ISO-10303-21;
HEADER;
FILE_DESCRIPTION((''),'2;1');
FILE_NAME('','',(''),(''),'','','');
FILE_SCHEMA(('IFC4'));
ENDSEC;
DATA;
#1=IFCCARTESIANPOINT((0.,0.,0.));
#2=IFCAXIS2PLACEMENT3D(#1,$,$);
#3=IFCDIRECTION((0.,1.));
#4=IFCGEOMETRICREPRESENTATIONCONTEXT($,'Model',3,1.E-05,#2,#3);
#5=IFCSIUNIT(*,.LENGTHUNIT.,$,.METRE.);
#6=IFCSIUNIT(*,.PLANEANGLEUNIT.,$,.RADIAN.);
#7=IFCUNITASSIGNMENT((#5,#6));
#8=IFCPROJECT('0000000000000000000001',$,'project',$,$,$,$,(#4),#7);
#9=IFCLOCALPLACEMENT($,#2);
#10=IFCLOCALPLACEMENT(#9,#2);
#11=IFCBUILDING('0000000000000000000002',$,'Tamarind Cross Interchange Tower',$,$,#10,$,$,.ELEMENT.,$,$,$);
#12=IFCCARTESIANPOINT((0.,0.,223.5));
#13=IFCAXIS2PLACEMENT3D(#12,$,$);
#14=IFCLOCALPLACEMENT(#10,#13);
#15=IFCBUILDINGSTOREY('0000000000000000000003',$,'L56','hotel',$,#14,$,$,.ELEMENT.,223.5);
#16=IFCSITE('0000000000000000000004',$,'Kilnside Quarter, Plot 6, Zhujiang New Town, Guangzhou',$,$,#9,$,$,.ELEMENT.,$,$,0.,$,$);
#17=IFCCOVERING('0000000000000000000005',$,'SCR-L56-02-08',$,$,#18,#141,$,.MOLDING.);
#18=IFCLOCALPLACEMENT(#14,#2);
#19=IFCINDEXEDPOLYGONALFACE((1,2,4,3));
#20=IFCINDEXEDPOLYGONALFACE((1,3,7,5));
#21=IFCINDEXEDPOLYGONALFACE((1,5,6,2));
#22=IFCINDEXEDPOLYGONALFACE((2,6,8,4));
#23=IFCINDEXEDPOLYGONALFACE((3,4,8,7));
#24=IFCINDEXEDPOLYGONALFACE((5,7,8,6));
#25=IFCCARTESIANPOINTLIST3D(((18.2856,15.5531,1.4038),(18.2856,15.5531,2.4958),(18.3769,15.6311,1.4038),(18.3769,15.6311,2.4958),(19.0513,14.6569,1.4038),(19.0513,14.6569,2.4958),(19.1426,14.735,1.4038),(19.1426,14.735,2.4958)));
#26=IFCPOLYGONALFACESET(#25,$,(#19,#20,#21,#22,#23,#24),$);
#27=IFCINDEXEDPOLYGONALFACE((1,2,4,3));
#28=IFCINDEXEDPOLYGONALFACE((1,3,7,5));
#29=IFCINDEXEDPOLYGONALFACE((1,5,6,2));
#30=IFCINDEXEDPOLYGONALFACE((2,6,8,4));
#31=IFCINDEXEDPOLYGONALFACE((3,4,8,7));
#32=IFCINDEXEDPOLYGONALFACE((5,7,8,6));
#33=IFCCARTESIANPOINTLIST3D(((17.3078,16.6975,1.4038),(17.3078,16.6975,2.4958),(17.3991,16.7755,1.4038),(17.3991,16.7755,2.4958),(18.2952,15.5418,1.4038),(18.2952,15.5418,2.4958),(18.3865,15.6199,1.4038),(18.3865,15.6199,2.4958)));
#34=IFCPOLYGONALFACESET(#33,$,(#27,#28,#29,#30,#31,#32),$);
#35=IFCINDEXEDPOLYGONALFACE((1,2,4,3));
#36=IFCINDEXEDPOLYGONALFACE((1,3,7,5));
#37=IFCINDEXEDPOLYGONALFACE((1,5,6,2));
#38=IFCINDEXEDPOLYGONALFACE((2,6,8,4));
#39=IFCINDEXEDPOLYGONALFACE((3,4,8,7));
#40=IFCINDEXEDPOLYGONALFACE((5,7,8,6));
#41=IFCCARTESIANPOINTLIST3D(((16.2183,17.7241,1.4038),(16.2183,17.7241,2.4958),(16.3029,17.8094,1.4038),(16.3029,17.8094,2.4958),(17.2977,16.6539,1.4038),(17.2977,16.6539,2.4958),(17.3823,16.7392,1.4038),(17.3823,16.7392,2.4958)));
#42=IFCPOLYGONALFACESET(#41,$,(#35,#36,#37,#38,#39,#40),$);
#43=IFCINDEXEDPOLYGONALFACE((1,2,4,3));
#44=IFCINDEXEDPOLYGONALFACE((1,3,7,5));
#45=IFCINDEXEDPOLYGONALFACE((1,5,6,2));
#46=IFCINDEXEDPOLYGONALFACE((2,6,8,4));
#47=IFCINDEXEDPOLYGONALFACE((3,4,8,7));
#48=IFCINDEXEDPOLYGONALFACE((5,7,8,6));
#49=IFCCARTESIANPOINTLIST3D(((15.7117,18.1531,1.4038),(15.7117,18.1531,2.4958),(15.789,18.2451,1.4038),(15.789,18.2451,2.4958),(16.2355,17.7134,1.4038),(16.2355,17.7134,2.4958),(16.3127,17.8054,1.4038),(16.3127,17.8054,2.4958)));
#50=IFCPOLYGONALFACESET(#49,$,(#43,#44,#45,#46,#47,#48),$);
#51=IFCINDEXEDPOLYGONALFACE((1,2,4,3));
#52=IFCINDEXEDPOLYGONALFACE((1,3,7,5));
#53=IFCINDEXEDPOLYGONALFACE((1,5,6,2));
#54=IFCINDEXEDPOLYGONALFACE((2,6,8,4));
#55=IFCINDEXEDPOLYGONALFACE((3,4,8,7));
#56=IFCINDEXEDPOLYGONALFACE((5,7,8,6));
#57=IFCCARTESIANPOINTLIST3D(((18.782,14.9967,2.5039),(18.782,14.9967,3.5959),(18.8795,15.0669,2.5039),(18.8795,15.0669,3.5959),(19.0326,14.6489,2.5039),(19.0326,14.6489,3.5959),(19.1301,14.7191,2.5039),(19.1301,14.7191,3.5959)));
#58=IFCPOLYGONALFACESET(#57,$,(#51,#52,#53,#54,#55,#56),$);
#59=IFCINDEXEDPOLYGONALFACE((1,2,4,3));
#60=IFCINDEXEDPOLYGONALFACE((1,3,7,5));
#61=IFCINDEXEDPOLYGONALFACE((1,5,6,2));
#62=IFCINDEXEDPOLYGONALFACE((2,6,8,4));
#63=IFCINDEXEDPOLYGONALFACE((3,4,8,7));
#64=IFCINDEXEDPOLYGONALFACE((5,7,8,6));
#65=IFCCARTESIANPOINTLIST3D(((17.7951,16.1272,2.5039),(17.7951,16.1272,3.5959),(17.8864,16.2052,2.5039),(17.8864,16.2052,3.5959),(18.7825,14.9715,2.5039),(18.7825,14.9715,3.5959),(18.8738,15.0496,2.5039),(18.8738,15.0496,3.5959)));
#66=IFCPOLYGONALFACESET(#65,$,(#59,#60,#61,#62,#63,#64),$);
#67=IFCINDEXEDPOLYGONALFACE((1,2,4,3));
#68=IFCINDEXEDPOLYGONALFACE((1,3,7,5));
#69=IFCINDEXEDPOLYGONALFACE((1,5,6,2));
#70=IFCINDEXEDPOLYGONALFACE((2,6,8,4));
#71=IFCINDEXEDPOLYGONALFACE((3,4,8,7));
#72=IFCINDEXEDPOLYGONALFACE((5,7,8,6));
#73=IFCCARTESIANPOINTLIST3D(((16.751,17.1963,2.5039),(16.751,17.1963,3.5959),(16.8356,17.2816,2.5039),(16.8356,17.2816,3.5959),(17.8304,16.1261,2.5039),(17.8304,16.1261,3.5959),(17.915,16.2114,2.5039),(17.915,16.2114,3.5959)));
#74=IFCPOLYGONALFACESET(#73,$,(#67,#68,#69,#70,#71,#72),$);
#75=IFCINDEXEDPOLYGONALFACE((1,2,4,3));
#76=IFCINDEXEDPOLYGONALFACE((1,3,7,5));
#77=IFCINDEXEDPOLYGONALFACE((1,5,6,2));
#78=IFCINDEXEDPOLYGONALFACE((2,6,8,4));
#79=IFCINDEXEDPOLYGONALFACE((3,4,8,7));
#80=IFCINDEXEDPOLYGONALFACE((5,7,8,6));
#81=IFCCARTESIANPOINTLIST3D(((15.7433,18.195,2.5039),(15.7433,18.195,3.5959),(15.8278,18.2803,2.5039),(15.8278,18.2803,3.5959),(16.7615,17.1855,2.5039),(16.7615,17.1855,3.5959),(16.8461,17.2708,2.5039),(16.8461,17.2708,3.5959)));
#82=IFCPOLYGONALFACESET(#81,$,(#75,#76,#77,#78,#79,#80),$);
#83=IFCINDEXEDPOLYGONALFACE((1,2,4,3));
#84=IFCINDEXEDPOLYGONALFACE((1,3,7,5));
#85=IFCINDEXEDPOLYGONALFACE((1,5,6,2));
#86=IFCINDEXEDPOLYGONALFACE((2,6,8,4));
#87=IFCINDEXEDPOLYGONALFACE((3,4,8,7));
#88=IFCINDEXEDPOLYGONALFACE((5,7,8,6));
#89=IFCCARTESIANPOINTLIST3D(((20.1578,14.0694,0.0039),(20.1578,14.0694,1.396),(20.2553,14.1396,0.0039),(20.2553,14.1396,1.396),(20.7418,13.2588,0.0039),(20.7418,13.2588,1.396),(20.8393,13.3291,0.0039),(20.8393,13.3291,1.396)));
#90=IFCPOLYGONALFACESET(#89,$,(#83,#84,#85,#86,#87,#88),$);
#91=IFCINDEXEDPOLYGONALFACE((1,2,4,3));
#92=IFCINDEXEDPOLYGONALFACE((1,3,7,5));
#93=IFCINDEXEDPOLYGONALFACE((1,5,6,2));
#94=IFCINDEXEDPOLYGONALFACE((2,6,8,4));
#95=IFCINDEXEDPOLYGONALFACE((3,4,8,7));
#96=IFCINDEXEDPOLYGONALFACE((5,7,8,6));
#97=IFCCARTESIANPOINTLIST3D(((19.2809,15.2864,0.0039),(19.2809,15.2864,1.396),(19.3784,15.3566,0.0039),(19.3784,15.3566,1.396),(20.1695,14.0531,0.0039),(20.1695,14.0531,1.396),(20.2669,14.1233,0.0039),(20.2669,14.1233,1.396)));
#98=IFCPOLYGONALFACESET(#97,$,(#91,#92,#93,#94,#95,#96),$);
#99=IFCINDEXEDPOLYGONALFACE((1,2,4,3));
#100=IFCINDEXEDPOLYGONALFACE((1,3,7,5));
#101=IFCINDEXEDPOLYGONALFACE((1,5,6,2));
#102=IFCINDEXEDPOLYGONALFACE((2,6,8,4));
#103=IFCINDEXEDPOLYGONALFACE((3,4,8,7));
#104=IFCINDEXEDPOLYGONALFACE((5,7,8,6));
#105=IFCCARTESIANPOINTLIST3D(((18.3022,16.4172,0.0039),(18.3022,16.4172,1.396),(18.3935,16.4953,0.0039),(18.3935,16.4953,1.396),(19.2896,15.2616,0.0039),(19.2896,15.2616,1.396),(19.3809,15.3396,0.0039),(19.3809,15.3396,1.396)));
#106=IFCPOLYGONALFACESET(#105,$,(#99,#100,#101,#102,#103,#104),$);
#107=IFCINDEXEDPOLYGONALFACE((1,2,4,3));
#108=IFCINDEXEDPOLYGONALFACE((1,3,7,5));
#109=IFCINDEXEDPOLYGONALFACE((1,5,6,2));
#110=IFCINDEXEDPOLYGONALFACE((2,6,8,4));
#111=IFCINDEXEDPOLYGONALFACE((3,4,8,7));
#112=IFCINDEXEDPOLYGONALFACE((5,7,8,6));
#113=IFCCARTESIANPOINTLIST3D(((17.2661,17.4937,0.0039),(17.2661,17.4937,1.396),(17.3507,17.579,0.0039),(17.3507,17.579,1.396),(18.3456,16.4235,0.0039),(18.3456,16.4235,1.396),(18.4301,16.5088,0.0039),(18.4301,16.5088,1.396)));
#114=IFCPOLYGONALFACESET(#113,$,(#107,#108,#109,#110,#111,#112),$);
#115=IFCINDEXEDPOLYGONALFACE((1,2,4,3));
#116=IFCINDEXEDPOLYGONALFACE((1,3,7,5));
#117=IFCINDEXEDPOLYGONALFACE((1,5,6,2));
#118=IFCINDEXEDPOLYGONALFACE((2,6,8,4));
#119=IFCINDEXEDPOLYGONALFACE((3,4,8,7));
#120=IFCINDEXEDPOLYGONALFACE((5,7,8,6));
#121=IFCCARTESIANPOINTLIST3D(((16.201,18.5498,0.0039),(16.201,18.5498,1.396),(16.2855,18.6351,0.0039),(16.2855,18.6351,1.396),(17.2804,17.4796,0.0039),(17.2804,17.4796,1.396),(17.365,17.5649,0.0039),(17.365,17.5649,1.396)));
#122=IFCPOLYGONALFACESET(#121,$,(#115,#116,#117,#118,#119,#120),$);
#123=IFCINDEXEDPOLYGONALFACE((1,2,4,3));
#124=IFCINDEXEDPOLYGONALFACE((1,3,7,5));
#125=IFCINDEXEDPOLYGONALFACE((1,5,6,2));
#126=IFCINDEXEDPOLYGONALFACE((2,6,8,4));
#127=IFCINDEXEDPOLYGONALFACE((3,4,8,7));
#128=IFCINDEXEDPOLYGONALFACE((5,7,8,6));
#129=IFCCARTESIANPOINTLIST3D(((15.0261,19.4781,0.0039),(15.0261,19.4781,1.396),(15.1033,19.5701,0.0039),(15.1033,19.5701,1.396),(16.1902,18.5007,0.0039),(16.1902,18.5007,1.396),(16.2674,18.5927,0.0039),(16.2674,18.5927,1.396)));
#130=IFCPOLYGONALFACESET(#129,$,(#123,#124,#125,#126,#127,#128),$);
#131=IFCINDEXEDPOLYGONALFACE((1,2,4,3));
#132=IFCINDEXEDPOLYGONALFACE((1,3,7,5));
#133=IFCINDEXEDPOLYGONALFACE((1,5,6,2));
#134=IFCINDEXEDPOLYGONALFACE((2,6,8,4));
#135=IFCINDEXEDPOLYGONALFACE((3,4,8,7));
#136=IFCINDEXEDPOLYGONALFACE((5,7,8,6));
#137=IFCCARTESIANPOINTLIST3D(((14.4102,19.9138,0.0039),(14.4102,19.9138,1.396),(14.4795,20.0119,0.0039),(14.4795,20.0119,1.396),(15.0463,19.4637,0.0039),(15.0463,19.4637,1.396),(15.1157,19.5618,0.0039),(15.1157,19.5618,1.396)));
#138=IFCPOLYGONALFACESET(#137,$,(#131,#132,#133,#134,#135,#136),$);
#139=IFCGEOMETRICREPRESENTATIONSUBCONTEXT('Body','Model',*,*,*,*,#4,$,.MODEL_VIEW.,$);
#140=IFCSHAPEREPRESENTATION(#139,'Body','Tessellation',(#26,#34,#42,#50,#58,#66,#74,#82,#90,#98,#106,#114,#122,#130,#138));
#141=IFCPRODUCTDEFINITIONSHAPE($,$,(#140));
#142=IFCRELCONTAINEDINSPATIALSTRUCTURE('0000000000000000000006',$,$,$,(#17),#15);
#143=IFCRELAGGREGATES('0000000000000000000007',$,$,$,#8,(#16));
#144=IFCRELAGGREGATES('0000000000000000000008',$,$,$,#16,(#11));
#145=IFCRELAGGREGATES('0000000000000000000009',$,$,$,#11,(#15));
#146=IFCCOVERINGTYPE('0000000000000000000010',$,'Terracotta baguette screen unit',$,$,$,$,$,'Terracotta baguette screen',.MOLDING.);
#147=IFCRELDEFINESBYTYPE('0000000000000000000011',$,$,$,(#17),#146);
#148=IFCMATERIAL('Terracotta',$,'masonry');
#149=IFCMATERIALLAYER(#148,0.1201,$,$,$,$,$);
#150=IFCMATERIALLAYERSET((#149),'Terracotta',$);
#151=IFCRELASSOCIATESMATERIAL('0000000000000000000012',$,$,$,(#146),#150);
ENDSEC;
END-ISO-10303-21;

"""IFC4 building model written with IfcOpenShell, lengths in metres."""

from ifc_helpers import new_model, si_unit, direction, frame, origin, origin_2d, place, context, subcontext, project, spatial, rectangle, extrude, material, layer, layer_set, type_object, element, save


model = new_model("IFC4")

# Units and contexts
model_context = context("Model", 3, precision=1e-05, world=origin(), true_north=direction((0.0, 1.0)))
body_context = subcontext(model_context, "Body", "Model", "MODEL_VIEW")
ifc_project = project(units=[si_unit("LENGTHUNIT", "METRE"), si_unit("PLANEANGLEUNIT", "RADIAN")], contexts=[model_context])

# Site, building, storey
site_placement = place(None, origin())
site = spatial("IfcSite", under=ifc_project, at=site_placement, Name="Kilnside Quarter, Plot 6, Zhujiang New Town, Guangzhou", CompositionType="ELEMENT", RefElevation=0.0)
building_placement = place(site_placement, origin())
building = spatial("IfcBuilding", under=site, at=building_placement, Name="Tamarind Cross Interchange Tower", CompositionType="ELEMENT")
storey_placement = place(building_placement, frame((0.0, 0.0, 223.5)))
storey = spatial("IfcBuildingStorey", under=building, at=storey_placement, Name="L56", Description="hotel", CompositionType="ELEMENT", Elevation=223.5)

# Covering
ifc_material_1 = material(Name="Terracotta", Category="masonry")
ifc_layer_1 = layer(ifc_material_1, 0.1201)
ifc_layer_set_1 = layer_set([ifc_layer_1], Name="Terracotta")
covering_type = type_object("IfcCoveringType", Name="Terracotta baguette screen unit", ElementType="Terracotta baguette screen", PredefinedType="MOLDING", material=ifc_layer_set_1)
covering_1_placement = place(storey_placement, origin())
element("IfcCovering", 1, at=covering_1_placement, inside=storey, type_object=covering_type, Name="SCR-L56-02-08", PredefinedType="MOLDING", context=body_context, shape_type="SweptSolid", body=[
    extrude(rectangle(XDim=1.1787, YDim=0.1201, at=origin_2d()), frame((18.7141, 15.144, 1.4038), z_axis=(0.0, 0.0, 1.0), x_axis=(-0.649577, 0.760296, 0.0)), (0.0, 0.0, 1.0), 1.092),
    extrude(rectangle(XDim=1.52, YDim=0.1201, at=origin_2d()), frame((17.8472, 16.1587, 1.4038), z_axis=(0.0, 0.0, 1.0), x_axis=(-0.649577, 0.760296, 0.0)), (0.0, 0.0, 1.0), 1.092),
    extrude(rectangle(XDim=1.52, YDim=0.1201, at=origin_2d()), frame((16.8003, 17.2317, 1.4038), z_axis=(0.0, 0.0, 1.0), x_axis=(-0.710143, 0.704057, 0.0)), (0.0, 0.0, 1.0), 1.092),
    extrude(rectangle(XDim=0.6838, YDim=0.1201, at=origin_2d()), frame((16.0122, 17.9792, 1.4038), z_axis=(0.0, 0.0, 1.0), x_axis=(-0.765858, 0.643009, 0.0)), (0.0, 0.0, 1.0), 1.092),
    extrude(rectangle(XDim=0.4287, YDim=0.1201, at=origin_2d()), frame((18.9561, 14.8579, 2.5039), z_axis=(0.0, 0.0, 1.0), x_axis=(-0.584574, 0.81134, 0.0)), (0.0, 0.0, 1.0), 1.092),
    extrude(rectangle(XDim=1.52, YDim=0.1201, at=origin_2d()), frame((18.3345, 15.5884, 2.5039), z_axis=(0.0, 0.0, 1.0), x_axis=(-0.649577, 0.760296, 0.0)), (0.0, 0.0, 1.0), 1.092),
    extrude(rectangle(XDim=1.52, YDim=0.1201, at=origin_2d()), frame((17.333, 16.7039, 2.5039), z_axis=(0.0, 0.0, 1.0), x_axis=(-0.710143, 0.704057, 0.0)), (0.0, 0.0, 1.0), 1.092),
    extrude(rectangle(XDim=1.4338, YDim=0.1201, at=origin_2d()), frame((16.2947, 17.7329, 2.5039), z_axis=(0.0, 0.0, 1.0), x_axis=(-0.710143, 0.704057, 0.0)), (0.0, 0.0, 1.0), 1.092),
    extrude(rectangle(XDim=0.999, YDim=0.1201, at=origin_2d()), frame((20.4985, 13.6992, 0.0039), z_axis=(0.0, 0.0, 1.0), x_axis=(-0.584574, 0.81134, 0.0)), (0.0, 0.0, 1.0), 1.3921),
    extrude(rectangle(XDim=1.52, YDim=0.1201, at=origin_2d()), frame((19.7739, 14.7048, 0.0039), z_axis=(0.0, 0.0, 1.0), x_axis=(-0.584574, 0.81134, 0.0)), (0.0, 0.0, 1.0), 1.3921),
    extrude(rectangle(XDim=1.52, YDim=0.1201, at=origin_2d()), frame((18.8416, 15.8784, 0.0039), z_axis=(0.0, 0.0, 1.0), x_axis=(-0.649577, 0.760296, 0.0)), (0.0, 0.0, 1.0), 1.3921),
    extrude(rectangle(XDim=1.52, YDim=0.1201, at=origin_2d()), frame((17.8481, 17.0012, 0.0039), z_axis=(0.0, 0.0, 1.0), x_axis=(-0.710143, 0.704057, 0.0)), (0.0, 0.0, 1.0), 1.3921),
    extrude(rectangle(XDim=1.52, YDim=0.1201, at=origin_2d()), frame((16.783, 18.0574, 0.0039), z_axis=(0.0, 0.0, 1.0), x_axis=(-0.710143, 0.704057, 0.0)), (0.0, 0.0, 1.0), 1.3921),
    extrude(rectangle(XDim=1.52, YDim=0.1201, at=origin_2d()), frame((15.6467, 19.0354, 0.0039), z_axis=(0.0, 0.0, 1.0), x_axis=(-0.765858, 0.643009, 0.0)), (0.0, 0.0, 1.0), 1.3921),
    extrude(rectangle(XDim=0.7793, YDim=0.1201, at=origin_2d()), frame((14.7629, 19.7378, 0.0039), z_axis=(0.0, 0.0, 1.0), x_axis=(-0.816342, 0.577569, 0.0)), (0.0, 0.0, 1.0), 1.3921),
])

save(model, "model.ifc")
